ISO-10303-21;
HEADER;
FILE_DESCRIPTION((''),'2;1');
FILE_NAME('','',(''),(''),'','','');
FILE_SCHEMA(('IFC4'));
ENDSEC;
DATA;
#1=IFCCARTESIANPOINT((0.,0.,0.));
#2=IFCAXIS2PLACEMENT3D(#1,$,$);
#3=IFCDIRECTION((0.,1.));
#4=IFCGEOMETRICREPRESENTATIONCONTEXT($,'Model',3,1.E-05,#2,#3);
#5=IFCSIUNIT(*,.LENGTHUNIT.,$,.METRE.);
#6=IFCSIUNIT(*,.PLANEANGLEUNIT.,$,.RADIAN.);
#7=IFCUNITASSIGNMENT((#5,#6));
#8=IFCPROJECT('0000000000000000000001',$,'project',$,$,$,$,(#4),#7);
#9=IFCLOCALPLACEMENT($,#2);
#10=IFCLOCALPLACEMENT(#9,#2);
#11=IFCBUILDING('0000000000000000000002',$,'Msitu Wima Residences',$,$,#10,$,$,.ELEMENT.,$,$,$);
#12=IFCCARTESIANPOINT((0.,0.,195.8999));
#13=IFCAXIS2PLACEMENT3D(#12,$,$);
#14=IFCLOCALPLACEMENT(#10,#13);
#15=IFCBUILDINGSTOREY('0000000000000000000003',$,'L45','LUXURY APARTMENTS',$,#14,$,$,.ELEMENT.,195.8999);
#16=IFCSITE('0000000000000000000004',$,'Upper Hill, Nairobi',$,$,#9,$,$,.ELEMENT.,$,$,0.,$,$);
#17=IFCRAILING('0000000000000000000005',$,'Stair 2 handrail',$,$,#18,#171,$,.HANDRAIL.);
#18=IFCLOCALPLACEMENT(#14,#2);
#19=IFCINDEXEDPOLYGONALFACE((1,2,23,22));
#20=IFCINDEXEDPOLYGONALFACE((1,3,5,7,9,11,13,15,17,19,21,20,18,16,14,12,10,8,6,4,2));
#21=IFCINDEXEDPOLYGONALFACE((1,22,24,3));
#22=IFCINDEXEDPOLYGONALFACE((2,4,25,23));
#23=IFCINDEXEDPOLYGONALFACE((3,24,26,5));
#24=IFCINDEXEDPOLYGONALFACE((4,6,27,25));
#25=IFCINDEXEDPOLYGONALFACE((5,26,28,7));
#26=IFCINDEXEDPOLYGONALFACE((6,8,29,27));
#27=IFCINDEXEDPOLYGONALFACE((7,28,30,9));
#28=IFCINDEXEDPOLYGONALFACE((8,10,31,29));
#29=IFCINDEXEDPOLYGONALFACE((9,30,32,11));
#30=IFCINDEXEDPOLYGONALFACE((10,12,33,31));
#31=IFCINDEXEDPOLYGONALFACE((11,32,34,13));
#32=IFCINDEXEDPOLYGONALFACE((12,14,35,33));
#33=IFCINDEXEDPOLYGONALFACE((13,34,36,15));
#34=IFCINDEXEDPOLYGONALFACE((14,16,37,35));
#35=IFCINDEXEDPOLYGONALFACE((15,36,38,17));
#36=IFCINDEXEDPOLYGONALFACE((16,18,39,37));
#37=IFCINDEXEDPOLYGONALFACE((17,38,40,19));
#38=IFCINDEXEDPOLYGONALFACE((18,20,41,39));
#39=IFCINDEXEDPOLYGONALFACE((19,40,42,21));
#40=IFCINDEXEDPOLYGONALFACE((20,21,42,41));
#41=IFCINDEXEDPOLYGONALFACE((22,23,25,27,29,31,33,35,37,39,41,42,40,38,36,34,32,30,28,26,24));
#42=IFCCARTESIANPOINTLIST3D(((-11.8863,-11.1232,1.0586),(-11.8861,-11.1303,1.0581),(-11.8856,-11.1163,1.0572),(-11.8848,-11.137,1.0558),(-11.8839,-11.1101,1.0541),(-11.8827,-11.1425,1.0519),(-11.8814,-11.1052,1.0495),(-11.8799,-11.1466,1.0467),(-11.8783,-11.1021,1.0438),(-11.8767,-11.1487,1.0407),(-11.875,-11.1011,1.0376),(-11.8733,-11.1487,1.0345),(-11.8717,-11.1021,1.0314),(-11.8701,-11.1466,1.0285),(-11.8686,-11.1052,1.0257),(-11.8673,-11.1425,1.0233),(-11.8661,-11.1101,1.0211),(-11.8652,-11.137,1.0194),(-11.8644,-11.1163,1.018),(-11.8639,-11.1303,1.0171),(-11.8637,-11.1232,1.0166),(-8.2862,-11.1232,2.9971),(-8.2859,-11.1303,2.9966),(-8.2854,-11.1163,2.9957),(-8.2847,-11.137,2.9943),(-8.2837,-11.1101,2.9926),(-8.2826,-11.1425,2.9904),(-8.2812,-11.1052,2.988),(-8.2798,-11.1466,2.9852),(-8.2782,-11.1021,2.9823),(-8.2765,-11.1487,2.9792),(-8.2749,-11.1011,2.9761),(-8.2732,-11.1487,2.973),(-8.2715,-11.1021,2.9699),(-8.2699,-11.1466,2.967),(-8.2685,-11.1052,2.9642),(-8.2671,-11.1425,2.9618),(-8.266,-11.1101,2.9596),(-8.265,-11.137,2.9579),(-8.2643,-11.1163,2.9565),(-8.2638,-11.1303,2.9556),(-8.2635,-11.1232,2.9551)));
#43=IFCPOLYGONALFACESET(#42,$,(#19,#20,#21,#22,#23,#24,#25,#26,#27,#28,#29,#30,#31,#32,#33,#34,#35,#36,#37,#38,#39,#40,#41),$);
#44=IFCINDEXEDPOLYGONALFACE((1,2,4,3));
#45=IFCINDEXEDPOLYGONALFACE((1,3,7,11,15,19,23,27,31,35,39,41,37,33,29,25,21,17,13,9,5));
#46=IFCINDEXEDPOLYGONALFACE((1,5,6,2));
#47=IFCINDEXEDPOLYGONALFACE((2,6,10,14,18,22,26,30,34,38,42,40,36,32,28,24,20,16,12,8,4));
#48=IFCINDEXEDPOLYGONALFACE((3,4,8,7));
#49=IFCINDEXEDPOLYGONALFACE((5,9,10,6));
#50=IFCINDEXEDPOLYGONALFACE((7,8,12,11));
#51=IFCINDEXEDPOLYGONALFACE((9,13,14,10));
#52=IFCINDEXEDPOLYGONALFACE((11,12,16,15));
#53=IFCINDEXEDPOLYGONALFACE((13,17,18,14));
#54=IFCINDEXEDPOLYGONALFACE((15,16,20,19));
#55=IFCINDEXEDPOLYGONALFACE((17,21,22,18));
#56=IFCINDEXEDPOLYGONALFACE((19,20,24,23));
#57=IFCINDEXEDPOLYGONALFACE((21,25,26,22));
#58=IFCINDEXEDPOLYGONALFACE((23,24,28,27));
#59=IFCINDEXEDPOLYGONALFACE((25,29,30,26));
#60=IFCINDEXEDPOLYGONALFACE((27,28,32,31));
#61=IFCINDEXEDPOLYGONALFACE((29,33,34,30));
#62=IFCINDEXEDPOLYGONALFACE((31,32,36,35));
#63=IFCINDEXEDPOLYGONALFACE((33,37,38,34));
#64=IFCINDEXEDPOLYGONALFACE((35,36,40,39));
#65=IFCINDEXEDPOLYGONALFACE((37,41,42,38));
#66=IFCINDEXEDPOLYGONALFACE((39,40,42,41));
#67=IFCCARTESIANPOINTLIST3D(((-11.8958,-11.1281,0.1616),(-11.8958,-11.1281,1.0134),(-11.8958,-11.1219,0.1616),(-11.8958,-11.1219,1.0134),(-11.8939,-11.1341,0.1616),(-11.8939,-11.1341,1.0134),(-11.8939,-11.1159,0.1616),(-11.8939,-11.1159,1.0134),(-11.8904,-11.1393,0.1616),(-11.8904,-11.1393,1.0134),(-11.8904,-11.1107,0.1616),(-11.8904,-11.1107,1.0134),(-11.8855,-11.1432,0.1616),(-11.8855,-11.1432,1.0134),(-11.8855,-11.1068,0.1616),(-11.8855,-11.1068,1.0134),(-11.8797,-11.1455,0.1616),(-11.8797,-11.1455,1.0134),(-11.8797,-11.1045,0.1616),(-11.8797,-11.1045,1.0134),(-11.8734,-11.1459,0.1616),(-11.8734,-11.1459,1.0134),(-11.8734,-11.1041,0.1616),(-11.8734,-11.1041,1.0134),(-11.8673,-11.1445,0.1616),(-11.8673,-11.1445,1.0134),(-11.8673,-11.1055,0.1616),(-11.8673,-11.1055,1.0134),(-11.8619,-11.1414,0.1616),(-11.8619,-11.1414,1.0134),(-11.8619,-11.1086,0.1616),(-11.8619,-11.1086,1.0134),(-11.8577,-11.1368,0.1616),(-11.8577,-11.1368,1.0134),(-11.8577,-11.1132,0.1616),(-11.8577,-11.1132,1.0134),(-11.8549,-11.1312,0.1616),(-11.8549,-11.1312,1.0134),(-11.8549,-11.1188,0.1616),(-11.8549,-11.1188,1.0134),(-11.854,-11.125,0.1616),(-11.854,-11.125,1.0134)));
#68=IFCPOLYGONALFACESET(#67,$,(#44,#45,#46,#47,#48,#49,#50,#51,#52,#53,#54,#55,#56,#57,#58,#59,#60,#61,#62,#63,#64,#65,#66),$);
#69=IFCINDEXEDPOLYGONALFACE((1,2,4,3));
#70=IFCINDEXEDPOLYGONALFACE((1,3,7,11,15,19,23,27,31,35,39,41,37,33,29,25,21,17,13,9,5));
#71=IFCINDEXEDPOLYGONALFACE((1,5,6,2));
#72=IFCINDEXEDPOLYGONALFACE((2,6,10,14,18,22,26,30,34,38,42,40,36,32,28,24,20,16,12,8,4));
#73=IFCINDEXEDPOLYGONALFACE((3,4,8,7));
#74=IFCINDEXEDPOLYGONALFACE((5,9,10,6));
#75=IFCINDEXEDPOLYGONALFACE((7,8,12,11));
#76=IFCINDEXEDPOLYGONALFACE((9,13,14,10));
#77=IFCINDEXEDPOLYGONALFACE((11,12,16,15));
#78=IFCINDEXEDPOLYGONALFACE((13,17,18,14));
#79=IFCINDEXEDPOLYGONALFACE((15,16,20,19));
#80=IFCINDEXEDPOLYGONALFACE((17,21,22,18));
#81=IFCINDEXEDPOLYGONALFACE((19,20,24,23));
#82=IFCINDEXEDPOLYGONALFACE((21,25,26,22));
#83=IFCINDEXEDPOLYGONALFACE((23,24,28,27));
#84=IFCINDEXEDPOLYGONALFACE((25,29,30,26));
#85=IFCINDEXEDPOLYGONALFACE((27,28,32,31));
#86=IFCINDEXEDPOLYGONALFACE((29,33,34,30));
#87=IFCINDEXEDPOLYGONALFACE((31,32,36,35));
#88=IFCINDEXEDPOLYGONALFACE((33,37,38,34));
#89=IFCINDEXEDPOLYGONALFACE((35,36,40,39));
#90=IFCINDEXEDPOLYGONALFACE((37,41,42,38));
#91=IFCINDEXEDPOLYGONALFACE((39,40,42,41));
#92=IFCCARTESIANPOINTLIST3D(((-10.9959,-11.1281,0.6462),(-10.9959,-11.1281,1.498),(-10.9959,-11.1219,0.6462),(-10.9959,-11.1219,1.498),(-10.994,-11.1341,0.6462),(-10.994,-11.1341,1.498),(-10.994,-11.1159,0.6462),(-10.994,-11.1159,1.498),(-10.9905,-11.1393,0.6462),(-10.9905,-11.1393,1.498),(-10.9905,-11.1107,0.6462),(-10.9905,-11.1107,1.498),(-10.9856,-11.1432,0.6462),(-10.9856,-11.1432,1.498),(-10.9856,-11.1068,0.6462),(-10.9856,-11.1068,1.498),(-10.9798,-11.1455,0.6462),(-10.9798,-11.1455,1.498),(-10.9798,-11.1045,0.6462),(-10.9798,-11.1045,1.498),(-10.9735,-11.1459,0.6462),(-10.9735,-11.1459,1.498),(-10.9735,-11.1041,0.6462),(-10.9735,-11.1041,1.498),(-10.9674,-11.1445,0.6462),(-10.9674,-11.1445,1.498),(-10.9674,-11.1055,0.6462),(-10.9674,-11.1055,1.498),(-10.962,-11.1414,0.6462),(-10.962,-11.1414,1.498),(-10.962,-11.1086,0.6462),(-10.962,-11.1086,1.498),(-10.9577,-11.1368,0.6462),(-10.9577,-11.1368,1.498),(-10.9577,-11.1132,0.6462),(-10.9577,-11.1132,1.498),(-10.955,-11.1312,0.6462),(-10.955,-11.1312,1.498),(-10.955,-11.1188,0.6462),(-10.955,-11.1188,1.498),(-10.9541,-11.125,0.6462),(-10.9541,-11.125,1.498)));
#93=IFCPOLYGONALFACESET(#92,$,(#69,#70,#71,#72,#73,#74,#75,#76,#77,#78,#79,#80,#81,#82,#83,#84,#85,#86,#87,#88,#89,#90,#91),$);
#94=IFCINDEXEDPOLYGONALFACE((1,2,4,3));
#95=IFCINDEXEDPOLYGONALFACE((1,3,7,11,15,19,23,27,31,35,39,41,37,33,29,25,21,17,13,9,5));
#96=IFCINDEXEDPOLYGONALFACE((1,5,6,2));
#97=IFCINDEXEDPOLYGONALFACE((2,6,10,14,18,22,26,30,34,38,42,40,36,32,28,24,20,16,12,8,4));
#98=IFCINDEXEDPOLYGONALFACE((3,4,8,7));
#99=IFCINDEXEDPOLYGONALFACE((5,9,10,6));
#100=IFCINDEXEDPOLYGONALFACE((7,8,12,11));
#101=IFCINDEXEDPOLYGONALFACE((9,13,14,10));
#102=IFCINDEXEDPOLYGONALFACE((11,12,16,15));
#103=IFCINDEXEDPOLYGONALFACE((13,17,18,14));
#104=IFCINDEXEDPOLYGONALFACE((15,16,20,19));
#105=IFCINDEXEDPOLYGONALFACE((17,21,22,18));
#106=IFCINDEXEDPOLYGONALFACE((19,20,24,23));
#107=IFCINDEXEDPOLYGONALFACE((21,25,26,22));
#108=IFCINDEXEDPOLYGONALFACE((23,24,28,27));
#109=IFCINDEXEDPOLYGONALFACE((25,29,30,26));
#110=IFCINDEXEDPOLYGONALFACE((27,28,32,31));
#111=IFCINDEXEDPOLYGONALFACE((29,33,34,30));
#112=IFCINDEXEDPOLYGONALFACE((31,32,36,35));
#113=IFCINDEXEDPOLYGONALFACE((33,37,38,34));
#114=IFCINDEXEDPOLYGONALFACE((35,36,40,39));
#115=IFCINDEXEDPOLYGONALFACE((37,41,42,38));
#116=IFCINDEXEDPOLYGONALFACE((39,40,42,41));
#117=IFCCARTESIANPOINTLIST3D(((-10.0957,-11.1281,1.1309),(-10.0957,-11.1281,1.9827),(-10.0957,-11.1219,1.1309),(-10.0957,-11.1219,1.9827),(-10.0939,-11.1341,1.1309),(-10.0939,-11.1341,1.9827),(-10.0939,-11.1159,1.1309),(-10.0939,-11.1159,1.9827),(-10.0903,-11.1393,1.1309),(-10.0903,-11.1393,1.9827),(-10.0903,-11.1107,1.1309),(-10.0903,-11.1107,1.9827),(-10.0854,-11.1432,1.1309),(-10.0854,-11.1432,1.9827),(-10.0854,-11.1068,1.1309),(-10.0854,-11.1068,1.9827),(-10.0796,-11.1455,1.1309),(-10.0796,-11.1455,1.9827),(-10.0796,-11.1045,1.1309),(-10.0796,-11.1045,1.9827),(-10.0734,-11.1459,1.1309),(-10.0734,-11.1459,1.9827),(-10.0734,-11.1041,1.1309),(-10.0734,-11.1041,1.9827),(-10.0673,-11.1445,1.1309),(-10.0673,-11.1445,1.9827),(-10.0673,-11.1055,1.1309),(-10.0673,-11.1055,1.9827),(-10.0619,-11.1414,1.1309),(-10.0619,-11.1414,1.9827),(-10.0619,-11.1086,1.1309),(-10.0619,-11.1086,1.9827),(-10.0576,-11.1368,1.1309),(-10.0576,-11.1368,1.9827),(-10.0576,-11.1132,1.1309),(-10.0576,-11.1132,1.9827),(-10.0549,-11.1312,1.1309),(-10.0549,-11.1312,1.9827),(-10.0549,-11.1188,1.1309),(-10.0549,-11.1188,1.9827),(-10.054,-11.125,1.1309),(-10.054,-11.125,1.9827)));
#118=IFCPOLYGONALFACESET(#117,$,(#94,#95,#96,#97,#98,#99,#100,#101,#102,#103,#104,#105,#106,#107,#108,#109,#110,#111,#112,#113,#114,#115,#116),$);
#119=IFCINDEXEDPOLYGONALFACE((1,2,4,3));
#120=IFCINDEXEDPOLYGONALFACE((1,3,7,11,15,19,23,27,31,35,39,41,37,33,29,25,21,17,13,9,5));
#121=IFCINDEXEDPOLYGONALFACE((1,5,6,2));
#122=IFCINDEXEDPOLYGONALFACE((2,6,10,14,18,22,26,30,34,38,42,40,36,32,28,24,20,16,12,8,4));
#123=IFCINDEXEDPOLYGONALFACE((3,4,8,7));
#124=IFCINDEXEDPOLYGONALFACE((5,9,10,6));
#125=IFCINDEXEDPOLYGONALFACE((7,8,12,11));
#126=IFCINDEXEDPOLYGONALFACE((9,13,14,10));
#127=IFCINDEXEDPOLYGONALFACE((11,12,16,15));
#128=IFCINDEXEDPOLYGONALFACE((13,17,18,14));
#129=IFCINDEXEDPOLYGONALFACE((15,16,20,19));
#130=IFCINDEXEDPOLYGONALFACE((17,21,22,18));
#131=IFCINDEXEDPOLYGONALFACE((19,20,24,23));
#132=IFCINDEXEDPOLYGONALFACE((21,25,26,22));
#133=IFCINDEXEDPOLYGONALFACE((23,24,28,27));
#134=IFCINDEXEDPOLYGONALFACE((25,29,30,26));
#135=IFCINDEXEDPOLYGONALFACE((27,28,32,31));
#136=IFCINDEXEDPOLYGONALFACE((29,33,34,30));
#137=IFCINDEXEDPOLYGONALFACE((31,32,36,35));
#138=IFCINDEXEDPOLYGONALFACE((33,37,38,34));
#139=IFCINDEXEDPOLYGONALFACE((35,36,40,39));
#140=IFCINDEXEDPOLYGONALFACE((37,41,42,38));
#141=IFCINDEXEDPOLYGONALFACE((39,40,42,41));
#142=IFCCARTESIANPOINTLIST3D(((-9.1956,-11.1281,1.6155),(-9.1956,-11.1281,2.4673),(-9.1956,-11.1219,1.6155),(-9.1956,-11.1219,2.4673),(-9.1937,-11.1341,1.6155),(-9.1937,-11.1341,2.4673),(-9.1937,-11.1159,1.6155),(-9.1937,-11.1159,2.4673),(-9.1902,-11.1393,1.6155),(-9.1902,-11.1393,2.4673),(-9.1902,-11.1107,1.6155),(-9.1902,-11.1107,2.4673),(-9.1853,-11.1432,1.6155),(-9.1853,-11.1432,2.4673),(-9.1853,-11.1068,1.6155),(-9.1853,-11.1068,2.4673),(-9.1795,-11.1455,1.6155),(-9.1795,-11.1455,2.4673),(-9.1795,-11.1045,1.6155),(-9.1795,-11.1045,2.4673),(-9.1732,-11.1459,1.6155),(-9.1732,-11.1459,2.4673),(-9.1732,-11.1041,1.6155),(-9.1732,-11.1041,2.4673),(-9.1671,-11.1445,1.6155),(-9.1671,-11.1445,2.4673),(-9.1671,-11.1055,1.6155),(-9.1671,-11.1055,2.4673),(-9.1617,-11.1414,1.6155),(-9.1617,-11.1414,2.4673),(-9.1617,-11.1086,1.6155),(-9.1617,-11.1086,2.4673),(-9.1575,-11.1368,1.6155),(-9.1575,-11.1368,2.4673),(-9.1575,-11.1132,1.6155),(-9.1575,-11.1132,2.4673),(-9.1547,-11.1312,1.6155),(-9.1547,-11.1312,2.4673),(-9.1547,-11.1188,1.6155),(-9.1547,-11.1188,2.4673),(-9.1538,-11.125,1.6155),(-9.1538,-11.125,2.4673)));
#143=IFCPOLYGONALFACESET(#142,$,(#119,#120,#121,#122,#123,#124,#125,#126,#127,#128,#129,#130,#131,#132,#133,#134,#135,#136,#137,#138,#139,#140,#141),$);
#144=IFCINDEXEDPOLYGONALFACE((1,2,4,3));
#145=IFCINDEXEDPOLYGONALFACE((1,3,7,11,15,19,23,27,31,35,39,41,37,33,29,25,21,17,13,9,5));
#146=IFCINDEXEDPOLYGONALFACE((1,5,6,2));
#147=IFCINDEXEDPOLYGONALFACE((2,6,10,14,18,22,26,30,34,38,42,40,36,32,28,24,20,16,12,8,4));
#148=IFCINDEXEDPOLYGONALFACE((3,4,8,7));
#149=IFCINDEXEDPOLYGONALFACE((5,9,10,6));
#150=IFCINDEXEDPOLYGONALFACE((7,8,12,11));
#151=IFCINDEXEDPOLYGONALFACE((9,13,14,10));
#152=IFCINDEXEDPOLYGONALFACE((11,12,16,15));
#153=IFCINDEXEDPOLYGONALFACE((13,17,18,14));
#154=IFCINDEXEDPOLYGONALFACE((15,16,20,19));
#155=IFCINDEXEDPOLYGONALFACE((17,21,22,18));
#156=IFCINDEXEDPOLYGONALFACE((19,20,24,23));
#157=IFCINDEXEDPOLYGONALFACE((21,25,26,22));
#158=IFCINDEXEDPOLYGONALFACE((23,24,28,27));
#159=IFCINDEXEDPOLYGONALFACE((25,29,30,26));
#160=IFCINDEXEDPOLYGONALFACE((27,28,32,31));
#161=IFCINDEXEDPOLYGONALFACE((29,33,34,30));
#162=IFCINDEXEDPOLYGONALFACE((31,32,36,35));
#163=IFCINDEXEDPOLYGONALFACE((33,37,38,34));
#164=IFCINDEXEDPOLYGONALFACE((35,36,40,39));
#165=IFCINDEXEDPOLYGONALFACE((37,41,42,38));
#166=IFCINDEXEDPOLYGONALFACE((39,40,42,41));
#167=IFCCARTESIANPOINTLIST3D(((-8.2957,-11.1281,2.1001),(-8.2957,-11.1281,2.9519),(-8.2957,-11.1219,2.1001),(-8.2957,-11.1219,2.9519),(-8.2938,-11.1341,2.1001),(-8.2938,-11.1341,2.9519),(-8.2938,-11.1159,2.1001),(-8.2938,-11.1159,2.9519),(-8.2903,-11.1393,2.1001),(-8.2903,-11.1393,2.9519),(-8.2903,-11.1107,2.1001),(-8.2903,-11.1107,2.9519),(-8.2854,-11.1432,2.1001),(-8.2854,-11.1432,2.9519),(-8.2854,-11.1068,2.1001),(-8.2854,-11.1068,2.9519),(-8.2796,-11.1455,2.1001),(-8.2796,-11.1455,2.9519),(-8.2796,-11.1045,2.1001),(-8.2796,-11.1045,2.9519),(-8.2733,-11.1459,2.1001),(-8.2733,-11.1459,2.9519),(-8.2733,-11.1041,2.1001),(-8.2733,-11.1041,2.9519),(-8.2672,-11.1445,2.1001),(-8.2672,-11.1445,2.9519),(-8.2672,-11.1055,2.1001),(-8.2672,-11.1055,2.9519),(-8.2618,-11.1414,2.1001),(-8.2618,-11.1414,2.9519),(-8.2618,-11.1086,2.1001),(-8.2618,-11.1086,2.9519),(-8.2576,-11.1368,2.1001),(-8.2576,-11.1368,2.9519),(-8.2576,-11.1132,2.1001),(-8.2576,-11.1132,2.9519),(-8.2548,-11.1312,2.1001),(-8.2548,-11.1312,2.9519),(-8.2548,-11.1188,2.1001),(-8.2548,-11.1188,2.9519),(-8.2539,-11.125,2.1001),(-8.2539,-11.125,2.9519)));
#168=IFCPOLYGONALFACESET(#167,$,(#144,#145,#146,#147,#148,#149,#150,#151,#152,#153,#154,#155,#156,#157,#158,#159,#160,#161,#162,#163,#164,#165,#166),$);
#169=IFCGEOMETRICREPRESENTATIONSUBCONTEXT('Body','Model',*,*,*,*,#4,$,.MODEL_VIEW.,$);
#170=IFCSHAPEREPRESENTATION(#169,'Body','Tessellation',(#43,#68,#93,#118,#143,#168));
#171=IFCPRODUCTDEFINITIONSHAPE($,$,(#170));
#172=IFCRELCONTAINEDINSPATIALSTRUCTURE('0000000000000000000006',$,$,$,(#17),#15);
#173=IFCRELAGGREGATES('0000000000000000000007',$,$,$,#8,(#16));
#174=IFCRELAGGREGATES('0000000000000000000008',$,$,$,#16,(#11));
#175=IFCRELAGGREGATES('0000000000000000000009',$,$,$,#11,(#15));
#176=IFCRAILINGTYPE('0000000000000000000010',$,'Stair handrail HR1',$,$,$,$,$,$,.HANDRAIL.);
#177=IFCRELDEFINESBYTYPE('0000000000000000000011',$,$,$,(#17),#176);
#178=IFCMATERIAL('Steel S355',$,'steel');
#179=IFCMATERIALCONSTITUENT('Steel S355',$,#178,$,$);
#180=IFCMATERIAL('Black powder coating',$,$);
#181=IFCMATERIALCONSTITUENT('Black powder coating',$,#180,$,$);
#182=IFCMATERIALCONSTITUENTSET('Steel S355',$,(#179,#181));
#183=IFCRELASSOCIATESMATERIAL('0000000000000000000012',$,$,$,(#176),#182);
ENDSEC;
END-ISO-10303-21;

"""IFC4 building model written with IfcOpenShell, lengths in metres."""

from ifc_helpers import new_model, si_unit, direction, frame, origin, origin_2d, place, context, subcontext, project, spatial, circle, extrude, material, constituent, constituent_set, type_object, element, save


model = new_model("IFC4")

# Units and contexts
model_context = context("Model", 3, precision=1e-05, world=origin(), true_north=direction((0.0, 1.0)))
body_context = subcontext(model_context, "Body", "Model", "MODEL_VIEW")
ifc_project = project(units=[si_unit("LENGTHUNIT", "METRE"), si_unit("PLANEANGLEUNIT", "RADIAN")], contexts=[model_context])

# Site, building, storey
site_placement = place(None, origin())
site = spatial("IfcSite", under=ifc_project, at=site_placement, Name="Upper Hill, Nairobi", CompositionType="ELEMENT", RefElevation=0.0)
building_placement = place(site_placement, origin())
building = spatial("IfcBuilding", under=site, at=building_placement, Name="Msitu Wima Residences", CompositionType="ELEMENT")
storey_placement = place(building_placement, frame((0.0, 0.0, 195.8999)))
storey = spatial("IfcBuildingStorey", under=building, at=storey_placement, Name="L45", Description="LUXURY APARTMENTS", CompositionType="ELEMENT", Elevation=195.8999)

# Railing
ifc_material_1 = material(Name="Steel S355", Category="steel")
ifc_constituent_1 = constituent(ifc_material_1, Name="Steel S355")
ifc_material_2 = material(Name="Black powder coating")
ifc_constituent_2 = constituent(ifc_material_2, Name="Black powder coating")
ifc_constituent_set = constituent_set(constituents=[ifc_constituent_1, ifc_constituent_2], Name="Steel S355")
railing_type = type_object("IfcRailingType", Name="Stair handrail HR1", PredefinedType="HANDRAIL", material=ifc_constituent_set)
for number, where, name in (
    (1, (-11.875, -11.125, 0.1616), "Stair 2 handrail"),
):
    element("IfcRailing", number, at=place(storey_placement, frame(where)), inside=storey, type_object=railing_type, Name=name, PredefinedType="HANDRAIL", context=body_context, shape_type="SweptSolid", body=[
        extrude(circle(Radius=0.0239, at=origin_2d()), frame((0.0, 0.0, 0.876), z_axis=(0.880475, 0.0, 0.474093), x_axis=(0.0, 1.0, 0.0)), (0.0, 0.0, 1.0), 4.0889),
        extrude(circle(Radius=0.021, at=origin_2d()), origin(), (0.0, 0.0, 1.0), 0.8518),
        extrude(circle(Radius=0.021, at=origin_2d()), frame((0.8999, 0.0, 0.4846)), (0.0, 0.0, 1.0), 0.8518),
        extrude(circle(Radius=0.021, at=origin_2d()), frame((1.8, 0.0, 0.9692)), (0.0, 0.0, 1.0), 0.8518),
        extrude(circle(Radius=0.021, at=origin_2d()), frame((2.7002, 0.0, 1.4539)), (0.0, 0.0, 1.0), 0.8518),
        extrude(circle(Radius=0.021, at=origin_2d()), frame((3.6001, 0.0, 1.9385)), (0.0, 0.0, 1.0), 0.8518),
    ])

save(model, "model.ifc")
